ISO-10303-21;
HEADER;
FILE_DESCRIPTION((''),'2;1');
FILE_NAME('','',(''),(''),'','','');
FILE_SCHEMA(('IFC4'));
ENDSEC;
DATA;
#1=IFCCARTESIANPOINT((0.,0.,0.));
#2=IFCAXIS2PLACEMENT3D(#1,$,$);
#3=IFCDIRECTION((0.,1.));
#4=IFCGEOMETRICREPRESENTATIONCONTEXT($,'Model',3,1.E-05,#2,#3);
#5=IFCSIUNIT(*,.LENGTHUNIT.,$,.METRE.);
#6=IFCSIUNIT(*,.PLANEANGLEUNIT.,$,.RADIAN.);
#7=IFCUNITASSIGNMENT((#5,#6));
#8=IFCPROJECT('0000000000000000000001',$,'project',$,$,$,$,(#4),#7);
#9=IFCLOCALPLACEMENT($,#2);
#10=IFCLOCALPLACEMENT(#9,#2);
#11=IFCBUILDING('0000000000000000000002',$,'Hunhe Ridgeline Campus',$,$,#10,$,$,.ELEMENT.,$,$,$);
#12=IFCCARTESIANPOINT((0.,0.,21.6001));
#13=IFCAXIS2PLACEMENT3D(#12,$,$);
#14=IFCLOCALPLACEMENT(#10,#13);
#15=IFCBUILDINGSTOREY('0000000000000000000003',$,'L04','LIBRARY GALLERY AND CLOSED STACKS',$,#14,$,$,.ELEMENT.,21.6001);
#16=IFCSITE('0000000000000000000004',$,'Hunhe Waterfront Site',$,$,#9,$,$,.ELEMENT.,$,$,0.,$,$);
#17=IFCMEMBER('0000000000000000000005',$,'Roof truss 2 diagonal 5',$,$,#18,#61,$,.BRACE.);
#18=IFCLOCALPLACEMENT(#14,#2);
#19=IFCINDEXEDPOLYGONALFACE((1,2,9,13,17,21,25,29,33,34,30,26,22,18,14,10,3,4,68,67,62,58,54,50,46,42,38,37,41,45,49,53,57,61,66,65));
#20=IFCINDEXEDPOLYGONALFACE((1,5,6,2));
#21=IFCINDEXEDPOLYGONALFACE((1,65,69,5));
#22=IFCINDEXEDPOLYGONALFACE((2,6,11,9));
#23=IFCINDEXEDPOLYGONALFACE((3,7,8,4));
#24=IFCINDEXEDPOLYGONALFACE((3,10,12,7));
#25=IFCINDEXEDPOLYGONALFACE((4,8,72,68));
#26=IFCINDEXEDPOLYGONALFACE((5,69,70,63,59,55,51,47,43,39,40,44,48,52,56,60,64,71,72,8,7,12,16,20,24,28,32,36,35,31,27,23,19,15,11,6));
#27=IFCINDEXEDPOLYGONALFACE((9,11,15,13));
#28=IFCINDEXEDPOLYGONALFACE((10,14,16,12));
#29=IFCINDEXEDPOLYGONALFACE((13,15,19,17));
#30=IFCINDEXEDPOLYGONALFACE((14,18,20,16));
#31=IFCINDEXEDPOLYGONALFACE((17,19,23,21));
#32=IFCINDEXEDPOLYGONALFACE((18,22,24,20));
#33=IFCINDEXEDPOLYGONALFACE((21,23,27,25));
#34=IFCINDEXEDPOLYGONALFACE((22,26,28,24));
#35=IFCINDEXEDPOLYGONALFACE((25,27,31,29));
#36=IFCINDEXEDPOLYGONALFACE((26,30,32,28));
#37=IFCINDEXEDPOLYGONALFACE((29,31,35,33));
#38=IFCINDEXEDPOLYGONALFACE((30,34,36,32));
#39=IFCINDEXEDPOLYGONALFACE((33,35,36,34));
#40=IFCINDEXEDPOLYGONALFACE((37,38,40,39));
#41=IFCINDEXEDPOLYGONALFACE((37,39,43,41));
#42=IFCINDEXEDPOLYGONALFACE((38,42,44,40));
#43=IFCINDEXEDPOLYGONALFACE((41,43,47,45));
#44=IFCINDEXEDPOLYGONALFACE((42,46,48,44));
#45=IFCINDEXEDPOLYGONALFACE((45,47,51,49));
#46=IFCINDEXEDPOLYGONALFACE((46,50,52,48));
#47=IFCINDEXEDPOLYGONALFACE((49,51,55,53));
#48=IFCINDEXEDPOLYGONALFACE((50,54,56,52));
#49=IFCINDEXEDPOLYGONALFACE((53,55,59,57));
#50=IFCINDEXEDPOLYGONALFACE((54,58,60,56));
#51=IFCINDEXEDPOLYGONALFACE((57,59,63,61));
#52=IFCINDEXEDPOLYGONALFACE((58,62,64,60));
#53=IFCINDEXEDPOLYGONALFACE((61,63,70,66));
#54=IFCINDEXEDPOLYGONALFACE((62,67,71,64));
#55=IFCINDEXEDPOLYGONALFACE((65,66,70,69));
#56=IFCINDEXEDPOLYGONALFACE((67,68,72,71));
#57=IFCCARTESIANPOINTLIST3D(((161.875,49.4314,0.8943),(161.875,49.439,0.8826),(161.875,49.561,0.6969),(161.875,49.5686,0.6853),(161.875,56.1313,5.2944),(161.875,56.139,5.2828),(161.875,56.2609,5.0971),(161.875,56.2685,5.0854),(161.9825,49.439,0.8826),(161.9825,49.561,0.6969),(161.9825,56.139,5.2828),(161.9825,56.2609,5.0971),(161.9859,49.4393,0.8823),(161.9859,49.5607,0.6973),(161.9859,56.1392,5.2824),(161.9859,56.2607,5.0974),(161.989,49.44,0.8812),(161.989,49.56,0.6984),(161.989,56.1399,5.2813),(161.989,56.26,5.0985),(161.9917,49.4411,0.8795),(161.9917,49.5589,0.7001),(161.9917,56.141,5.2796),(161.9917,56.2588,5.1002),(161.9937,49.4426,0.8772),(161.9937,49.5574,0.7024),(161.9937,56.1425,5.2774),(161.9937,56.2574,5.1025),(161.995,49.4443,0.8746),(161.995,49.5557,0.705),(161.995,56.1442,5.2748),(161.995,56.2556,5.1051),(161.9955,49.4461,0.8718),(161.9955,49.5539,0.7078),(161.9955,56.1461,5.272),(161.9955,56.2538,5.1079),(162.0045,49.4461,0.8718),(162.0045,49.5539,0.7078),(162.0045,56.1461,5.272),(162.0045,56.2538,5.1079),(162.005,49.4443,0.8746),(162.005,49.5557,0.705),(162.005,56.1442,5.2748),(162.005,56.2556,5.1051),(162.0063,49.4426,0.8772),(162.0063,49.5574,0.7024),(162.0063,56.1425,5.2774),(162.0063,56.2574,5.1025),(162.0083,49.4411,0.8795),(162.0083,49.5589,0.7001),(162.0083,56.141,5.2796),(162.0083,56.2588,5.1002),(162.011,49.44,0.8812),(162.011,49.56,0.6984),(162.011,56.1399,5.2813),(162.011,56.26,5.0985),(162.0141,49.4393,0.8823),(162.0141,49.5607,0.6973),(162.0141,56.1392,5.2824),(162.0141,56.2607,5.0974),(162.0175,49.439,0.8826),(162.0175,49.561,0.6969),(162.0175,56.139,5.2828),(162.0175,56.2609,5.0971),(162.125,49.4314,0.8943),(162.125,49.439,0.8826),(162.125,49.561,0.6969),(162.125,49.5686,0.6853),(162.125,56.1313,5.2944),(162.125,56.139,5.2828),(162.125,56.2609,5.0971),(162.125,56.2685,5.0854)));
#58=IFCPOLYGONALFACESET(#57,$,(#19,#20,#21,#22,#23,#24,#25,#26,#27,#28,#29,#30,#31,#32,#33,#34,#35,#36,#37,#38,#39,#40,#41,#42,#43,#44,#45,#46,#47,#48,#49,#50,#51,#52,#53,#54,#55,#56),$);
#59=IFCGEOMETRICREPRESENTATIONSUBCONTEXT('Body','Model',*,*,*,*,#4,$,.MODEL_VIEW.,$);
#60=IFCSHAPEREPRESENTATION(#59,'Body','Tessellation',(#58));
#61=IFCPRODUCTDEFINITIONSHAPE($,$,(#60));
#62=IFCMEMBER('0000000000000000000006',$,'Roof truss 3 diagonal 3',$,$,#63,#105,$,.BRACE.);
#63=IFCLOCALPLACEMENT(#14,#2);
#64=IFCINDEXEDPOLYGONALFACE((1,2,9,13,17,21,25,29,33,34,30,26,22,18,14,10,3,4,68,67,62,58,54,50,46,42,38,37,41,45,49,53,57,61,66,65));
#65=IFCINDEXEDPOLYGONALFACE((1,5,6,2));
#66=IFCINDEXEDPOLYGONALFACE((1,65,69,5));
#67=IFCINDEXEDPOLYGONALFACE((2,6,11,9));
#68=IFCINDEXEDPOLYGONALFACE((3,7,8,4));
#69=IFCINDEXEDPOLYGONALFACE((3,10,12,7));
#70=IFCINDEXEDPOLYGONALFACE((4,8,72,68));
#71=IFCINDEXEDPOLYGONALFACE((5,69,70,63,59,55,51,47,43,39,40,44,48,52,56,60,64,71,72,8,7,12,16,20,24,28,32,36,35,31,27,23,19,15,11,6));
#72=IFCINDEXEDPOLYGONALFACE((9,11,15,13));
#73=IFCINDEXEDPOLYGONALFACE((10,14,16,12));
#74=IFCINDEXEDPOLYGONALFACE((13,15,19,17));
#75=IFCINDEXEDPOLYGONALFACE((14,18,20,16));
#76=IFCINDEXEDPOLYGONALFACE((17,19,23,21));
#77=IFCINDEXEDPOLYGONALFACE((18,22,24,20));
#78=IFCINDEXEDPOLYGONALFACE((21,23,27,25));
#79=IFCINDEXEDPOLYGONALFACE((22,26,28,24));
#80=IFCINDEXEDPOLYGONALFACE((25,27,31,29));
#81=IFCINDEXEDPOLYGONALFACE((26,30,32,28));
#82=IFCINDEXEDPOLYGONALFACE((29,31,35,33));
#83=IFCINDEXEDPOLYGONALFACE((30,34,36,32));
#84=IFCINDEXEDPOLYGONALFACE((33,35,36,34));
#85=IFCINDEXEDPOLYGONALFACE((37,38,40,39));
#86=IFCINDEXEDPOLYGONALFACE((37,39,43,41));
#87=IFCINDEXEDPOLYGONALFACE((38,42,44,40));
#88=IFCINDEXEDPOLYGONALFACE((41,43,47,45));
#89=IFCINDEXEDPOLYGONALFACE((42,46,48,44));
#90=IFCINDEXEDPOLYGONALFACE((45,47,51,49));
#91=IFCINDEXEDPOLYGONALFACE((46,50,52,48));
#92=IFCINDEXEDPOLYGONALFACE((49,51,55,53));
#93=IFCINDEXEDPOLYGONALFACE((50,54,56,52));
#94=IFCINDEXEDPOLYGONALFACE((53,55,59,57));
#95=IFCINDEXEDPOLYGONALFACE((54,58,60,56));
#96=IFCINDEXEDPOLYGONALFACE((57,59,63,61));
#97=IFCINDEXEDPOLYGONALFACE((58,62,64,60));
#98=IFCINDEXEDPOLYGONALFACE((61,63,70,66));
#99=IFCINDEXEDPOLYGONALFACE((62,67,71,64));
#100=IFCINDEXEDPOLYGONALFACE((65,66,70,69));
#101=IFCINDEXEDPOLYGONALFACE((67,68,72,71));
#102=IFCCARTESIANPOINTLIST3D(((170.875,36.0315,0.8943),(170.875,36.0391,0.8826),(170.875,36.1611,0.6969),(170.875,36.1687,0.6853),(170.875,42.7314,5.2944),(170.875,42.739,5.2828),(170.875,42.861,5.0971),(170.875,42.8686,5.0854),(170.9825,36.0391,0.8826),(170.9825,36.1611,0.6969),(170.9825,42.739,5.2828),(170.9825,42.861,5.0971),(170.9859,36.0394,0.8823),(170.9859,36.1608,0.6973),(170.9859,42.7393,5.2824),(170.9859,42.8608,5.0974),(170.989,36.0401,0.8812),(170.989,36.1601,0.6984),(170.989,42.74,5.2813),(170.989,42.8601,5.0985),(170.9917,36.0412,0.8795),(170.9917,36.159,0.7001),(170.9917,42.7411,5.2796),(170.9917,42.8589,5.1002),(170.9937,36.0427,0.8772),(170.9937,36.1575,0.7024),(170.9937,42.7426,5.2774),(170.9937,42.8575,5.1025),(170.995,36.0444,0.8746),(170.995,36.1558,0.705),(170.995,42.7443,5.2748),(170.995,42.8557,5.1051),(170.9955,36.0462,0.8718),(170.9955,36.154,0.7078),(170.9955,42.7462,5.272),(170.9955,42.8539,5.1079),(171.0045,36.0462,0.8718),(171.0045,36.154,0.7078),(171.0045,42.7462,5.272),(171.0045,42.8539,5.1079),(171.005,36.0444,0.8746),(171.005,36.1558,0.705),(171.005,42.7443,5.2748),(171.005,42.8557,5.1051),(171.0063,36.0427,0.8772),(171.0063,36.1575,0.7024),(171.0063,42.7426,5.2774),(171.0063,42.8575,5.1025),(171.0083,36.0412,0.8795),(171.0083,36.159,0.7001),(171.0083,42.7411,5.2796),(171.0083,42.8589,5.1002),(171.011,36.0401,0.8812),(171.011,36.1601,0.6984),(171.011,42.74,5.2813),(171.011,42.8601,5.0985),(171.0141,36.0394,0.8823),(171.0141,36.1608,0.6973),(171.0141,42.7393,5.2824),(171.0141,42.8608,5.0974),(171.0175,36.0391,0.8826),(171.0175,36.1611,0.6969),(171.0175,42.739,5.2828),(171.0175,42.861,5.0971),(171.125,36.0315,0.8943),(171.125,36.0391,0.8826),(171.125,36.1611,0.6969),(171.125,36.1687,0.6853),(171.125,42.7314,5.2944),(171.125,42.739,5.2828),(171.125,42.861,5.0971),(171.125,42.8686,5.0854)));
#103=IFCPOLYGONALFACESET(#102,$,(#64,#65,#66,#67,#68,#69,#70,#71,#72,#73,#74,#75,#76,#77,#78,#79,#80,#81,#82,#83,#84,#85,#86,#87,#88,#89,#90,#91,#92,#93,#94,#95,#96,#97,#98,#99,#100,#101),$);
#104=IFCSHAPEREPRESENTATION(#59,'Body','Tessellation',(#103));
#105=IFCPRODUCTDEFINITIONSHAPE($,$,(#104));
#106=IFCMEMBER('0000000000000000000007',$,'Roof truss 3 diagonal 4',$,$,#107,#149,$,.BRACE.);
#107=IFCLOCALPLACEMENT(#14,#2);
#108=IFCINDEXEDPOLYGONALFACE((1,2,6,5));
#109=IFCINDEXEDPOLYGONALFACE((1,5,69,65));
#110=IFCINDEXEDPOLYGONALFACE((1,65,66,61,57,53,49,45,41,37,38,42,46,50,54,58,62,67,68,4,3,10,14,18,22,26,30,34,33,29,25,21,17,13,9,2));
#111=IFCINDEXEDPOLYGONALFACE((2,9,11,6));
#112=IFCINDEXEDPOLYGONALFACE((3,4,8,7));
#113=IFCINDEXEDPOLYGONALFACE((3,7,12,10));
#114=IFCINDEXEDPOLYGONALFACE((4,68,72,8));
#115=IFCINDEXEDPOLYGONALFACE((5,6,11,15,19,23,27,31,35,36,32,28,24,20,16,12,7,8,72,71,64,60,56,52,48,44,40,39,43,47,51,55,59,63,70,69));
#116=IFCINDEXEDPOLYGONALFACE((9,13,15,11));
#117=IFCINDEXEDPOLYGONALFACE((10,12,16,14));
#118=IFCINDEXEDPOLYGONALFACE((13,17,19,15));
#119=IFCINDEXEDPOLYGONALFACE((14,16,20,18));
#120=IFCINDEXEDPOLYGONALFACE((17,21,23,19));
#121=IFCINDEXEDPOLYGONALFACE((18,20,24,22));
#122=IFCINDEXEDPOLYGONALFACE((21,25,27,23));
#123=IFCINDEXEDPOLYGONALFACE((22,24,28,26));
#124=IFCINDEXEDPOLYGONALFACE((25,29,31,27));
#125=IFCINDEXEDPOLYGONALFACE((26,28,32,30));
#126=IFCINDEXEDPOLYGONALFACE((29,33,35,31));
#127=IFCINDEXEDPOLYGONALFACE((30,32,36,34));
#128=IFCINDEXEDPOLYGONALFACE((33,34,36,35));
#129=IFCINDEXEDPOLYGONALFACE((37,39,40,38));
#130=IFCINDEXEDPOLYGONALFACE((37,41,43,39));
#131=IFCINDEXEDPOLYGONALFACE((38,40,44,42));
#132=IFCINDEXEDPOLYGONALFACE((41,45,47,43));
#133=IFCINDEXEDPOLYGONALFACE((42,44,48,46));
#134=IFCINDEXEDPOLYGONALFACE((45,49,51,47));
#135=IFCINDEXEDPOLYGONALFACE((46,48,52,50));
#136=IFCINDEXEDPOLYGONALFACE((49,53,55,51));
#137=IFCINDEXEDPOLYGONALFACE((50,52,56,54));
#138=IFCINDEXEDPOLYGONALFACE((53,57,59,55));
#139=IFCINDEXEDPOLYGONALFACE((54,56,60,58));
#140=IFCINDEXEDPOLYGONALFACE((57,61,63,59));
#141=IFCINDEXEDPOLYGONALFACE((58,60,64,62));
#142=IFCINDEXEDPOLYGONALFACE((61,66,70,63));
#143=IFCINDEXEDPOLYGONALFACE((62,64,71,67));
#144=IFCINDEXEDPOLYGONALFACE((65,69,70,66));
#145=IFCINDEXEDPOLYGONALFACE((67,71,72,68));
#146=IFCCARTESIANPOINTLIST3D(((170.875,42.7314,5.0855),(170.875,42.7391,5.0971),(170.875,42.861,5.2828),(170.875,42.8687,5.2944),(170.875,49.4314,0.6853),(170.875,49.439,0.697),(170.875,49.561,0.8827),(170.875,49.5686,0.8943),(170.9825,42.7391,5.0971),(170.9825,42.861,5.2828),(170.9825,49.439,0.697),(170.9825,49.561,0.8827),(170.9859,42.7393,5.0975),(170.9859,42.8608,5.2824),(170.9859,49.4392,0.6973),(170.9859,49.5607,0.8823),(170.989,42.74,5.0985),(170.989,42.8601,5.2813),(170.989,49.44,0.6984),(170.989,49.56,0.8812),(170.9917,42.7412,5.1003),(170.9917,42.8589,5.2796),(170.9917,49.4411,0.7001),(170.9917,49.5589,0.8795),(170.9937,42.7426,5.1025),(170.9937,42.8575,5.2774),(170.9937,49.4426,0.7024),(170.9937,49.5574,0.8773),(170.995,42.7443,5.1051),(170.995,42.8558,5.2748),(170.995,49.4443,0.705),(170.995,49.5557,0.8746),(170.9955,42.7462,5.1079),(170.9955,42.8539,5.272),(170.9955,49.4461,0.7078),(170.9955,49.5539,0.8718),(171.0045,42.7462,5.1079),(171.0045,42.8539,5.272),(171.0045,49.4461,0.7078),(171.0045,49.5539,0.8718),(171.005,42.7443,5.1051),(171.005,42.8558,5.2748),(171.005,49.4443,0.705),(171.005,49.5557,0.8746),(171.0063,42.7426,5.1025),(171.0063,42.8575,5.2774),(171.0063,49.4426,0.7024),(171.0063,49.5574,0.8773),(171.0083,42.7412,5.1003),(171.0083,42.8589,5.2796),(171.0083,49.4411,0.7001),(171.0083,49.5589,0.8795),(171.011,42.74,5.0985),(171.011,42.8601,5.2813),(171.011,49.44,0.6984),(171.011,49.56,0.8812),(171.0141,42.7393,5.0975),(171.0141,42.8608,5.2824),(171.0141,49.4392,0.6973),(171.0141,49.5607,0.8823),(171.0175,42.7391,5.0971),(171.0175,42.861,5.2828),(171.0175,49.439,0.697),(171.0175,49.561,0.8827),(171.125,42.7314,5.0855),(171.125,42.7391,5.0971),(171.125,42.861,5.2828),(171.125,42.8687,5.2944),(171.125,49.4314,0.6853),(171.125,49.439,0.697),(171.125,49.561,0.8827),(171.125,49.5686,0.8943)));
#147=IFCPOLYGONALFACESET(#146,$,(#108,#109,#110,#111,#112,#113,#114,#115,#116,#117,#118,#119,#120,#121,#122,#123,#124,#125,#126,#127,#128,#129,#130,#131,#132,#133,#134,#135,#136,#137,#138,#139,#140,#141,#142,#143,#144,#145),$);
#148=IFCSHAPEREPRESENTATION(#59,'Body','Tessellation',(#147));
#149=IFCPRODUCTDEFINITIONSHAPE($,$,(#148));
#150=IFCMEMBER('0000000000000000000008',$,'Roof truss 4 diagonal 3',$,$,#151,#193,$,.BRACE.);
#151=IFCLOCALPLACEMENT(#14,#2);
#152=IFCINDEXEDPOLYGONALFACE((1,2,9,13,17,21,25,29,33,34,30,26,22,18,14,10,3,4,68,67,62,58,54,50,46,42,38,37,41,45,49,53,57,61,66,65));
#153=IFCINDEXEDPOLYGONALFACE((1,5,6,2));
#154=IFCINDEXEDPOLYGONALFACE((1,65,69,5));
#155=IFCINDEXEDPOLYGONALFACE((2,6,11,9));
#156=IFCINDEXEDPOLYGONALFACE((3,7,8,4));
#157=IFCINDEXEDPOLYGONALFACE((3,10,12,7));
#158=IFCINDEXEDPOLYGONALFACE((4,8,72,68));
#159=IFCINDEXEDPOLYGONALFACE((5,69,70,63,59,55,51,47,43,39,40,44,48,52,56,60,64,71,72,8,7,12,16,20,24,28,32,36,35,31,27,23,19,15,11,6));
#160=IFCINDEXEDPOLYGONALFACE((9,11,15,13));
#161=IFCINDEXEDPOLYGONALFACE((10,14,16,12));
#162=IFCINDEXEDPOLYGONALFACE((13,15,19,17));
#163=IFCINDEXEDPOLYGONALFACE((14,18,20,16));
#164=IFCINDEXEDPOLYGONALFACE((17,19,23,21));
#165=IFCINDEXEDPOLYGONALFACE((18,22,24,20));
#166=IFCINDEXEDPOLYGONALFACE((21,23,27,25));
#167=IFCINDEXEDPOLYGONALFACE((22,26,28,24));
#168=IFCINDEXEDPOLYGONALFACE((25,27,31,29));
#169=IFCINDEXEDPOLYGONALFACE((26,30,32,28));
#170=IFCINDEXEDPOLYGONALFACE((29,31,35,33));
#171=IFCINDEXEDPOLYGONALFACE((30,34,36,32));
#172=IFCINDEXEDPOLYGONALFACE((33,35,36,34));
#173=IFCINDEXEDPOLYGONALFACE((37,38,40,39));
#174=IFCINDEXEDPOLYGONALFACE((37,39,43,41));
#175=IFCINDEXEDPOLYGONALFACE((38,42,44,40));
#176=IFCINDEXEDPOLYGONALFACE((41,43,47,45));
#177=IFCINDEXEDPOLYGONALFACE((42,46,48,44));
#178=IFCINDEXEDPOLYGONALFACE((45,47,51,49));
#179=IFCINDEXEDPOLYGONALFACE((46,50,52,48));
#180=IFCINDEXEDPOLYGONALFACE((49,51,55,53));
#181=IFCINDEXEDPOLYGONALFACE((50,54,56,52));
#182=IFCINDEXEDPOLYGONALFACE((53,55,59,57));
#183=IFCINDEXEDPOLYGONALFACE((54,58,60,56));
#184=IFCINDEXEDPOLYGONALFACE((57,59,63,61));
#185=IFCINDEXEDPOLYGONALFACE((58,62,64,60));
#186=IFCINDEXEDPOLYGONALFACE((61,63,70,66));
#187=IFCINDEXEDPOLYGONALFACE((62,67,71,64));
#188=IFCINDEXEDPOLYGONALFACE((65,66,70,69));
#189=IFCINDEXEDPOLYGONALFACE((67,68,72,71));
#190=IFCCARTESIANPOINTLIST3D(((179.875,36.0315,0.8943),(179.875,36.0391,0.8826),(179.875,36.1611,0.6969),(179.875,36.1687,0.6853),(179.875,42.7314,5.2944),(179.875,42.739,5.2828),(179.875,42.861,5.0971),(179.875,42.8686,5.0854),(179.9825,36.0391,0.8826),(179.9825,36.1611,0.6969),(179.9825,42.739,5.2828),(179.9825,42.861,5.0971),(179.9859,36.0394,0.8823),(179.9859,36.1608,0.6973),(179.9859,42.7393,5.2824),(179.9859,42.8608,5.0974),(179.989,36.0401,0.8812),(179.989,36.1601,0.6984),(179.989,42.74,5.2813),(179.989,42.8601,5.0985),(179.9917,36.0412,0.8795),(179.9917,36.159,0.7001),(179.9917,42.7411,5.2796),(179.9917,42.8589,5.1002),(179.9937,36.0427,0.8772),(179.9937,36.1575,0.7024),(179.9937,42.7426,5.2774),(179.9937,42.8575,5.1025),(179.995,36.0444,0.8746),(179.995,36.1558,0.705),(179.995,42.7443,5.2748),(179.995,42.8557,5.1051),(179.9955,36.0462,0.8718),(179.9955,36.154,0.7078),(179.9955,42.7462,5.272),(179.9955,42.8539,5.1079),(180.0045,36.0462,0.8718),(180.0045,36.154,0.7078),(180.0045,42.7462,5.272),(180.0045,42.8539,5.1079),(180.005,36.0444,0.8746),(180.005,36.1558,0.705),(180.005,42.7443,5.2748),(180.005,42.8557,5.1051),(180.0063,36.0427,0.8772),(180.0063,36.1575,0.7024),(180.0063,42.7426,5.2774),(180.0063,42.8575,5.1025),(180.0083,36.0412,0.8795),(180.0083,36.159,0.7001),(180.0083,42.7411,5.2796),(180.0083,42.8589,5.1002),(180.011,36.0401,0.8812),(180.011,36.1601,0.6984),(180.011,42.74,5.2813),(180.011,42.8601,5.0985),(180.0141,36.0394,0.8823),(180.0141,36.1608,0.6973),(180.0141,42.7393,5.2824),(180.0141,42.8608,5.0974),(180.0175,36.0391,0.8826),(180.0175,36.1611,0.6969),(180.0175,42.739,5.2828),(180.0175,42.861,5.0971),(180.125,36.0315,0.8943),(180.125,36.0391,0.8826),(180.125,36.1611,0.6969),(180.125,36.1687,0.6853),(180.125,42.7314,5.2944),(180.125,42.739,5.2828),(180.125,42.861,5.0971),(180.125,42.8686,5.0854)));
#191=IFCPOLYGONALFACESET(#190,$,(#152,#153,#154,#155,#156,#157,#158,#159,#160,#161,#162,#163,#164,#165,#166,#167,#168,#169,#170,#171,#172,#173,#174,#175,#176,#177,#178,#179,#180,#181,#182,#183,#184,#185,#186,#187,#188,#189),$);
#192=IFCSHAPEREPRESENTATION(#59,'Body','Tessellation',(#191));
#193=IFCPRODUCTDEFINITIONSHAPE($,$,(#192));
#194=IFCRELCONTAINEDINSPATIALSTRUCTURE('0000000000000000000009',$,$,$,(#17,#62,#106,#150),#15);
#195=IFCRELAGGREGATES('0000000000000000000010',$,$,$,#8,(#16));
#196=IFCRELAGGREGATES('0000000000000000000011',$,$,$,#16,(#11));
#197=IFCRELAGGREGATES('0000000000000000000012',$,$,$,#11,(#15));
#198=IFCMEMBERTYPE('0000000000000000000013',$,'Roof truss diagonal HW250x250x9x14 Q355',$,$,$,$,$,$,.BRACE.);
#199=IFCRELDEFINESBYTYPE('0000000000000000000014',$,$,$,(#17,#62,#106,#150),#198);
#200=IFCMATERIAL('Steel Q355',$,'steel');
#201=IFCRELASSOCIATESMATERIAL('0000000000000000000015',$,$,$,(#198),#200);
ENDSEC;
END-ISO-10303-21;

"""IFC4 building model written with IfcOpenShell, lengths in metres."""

from ifc_helpers import new_model, si_unit, direction, frame, origin, origin_2d, place, context, subcontext, project, spatial, i_section, extrude, material, material_profile, profile_set, type_object, element, save


model = new_model("IFC4")

# Units and contexts
model_context = context("Model", 3, precision=1e-05, world=origin(), true_north=direction((0.0, 1.0)))
body_context = subcontext(model_context, "Body", "Model", "MODEL_VIEW")
ifc_project = project(units=[si_unit("LENGTHUNIT", "METRE"), si_unit("PLANEANGLEUNIT", "RADIAN")], contexts=[model_context])

# Site, building, storey
site_placement = place(None, origin())
site = spatial("IfcSite", under=ifc_project, at=site_placement, Name="Hunhe Waterfront Site", CompositionType="ELEMENT", RefElevation=0.0)
building_placement = place(site_placement, origin())
building = spatial("IfcBuilding", under=site, at=building_placement, Name="Hunhe Ridgeline Campus", CompositionType="ELEMENT")
storey_placement = place(building_placement, frame((0.0, 0.0, 21.6001)))
storey = spatial("IfcBuildingStorey", under=building, at=storey_placement, Name="L04", Description="LIBRARY GALLERY AND CLOSED STACKS", CompositionType="ELEMENT", Elevation=21.6001)

# Members
ifc_material = material(Name="Steel Q355", Category="steel")
ifc_material_profile_1 = material_profile(ifc_material, i_section(OverallWidth=0.25, OverallDepth=0.25, WebThickness=0.009, FlangeThickness=0.0139, FilletRadius=0.0129, at=origin_2d()))
ifc_profile_set_1 = profile_set([ifc_material_profile_1], Name="Steel Q355")
member_type_1 = type_object("IfcMemberType", Name="Roof truss diagonal HW250x250x9x14 Q355", PredefinedType="BRACE", material=ifc_profile_set_1)
for number, where, z_axis, x_axis, name in (
    (1, (162.0, 49.5, 0.7898), (0.0, 0.835859, 0.548944), (-1.0, 0.0, 0.0), "Roof truss 2 diagonal 5"),
    (2, (171.0, 36.1001, 0.7898), (0.0, 0.835859, 0.548944), (-1.0, 0.0, 0.0), "Roof truss 3 diagonal 3"),
    (3, (171.0, 42.8, 5.1899), (0.0, 0.835859, -0.548944), (-1.0, 0.0, 0.0), "Roof truss 3 diagonal 4"),
    (4, (180.0, 36.1001, 0.7898), (0.0, 0.835859, 0.548944), (-1.0, 0.0, 0.0), "Roof truss 4 diagonal 3"),
):
    element("IfcMember", number, at=place(storey_placement, frame(where, z_axis=z_axis, x_axis=x_axis)), inside=storey, type_object=member_type_1, Name=name, PredefinedType="BRACE", context=body_context, shape_type="SweptSolid", body=[
        extrude(i_section(OverallWidth=0.25, OverallDepth=0.25, WebThickness=0.009, FlangeThickness=0.0139, FilletRadius=0.0129, at=origin_2d()), origin(), (0.0, 0.0, 1.0), 8.0156),
    ])

save(model, "model.ifc")
